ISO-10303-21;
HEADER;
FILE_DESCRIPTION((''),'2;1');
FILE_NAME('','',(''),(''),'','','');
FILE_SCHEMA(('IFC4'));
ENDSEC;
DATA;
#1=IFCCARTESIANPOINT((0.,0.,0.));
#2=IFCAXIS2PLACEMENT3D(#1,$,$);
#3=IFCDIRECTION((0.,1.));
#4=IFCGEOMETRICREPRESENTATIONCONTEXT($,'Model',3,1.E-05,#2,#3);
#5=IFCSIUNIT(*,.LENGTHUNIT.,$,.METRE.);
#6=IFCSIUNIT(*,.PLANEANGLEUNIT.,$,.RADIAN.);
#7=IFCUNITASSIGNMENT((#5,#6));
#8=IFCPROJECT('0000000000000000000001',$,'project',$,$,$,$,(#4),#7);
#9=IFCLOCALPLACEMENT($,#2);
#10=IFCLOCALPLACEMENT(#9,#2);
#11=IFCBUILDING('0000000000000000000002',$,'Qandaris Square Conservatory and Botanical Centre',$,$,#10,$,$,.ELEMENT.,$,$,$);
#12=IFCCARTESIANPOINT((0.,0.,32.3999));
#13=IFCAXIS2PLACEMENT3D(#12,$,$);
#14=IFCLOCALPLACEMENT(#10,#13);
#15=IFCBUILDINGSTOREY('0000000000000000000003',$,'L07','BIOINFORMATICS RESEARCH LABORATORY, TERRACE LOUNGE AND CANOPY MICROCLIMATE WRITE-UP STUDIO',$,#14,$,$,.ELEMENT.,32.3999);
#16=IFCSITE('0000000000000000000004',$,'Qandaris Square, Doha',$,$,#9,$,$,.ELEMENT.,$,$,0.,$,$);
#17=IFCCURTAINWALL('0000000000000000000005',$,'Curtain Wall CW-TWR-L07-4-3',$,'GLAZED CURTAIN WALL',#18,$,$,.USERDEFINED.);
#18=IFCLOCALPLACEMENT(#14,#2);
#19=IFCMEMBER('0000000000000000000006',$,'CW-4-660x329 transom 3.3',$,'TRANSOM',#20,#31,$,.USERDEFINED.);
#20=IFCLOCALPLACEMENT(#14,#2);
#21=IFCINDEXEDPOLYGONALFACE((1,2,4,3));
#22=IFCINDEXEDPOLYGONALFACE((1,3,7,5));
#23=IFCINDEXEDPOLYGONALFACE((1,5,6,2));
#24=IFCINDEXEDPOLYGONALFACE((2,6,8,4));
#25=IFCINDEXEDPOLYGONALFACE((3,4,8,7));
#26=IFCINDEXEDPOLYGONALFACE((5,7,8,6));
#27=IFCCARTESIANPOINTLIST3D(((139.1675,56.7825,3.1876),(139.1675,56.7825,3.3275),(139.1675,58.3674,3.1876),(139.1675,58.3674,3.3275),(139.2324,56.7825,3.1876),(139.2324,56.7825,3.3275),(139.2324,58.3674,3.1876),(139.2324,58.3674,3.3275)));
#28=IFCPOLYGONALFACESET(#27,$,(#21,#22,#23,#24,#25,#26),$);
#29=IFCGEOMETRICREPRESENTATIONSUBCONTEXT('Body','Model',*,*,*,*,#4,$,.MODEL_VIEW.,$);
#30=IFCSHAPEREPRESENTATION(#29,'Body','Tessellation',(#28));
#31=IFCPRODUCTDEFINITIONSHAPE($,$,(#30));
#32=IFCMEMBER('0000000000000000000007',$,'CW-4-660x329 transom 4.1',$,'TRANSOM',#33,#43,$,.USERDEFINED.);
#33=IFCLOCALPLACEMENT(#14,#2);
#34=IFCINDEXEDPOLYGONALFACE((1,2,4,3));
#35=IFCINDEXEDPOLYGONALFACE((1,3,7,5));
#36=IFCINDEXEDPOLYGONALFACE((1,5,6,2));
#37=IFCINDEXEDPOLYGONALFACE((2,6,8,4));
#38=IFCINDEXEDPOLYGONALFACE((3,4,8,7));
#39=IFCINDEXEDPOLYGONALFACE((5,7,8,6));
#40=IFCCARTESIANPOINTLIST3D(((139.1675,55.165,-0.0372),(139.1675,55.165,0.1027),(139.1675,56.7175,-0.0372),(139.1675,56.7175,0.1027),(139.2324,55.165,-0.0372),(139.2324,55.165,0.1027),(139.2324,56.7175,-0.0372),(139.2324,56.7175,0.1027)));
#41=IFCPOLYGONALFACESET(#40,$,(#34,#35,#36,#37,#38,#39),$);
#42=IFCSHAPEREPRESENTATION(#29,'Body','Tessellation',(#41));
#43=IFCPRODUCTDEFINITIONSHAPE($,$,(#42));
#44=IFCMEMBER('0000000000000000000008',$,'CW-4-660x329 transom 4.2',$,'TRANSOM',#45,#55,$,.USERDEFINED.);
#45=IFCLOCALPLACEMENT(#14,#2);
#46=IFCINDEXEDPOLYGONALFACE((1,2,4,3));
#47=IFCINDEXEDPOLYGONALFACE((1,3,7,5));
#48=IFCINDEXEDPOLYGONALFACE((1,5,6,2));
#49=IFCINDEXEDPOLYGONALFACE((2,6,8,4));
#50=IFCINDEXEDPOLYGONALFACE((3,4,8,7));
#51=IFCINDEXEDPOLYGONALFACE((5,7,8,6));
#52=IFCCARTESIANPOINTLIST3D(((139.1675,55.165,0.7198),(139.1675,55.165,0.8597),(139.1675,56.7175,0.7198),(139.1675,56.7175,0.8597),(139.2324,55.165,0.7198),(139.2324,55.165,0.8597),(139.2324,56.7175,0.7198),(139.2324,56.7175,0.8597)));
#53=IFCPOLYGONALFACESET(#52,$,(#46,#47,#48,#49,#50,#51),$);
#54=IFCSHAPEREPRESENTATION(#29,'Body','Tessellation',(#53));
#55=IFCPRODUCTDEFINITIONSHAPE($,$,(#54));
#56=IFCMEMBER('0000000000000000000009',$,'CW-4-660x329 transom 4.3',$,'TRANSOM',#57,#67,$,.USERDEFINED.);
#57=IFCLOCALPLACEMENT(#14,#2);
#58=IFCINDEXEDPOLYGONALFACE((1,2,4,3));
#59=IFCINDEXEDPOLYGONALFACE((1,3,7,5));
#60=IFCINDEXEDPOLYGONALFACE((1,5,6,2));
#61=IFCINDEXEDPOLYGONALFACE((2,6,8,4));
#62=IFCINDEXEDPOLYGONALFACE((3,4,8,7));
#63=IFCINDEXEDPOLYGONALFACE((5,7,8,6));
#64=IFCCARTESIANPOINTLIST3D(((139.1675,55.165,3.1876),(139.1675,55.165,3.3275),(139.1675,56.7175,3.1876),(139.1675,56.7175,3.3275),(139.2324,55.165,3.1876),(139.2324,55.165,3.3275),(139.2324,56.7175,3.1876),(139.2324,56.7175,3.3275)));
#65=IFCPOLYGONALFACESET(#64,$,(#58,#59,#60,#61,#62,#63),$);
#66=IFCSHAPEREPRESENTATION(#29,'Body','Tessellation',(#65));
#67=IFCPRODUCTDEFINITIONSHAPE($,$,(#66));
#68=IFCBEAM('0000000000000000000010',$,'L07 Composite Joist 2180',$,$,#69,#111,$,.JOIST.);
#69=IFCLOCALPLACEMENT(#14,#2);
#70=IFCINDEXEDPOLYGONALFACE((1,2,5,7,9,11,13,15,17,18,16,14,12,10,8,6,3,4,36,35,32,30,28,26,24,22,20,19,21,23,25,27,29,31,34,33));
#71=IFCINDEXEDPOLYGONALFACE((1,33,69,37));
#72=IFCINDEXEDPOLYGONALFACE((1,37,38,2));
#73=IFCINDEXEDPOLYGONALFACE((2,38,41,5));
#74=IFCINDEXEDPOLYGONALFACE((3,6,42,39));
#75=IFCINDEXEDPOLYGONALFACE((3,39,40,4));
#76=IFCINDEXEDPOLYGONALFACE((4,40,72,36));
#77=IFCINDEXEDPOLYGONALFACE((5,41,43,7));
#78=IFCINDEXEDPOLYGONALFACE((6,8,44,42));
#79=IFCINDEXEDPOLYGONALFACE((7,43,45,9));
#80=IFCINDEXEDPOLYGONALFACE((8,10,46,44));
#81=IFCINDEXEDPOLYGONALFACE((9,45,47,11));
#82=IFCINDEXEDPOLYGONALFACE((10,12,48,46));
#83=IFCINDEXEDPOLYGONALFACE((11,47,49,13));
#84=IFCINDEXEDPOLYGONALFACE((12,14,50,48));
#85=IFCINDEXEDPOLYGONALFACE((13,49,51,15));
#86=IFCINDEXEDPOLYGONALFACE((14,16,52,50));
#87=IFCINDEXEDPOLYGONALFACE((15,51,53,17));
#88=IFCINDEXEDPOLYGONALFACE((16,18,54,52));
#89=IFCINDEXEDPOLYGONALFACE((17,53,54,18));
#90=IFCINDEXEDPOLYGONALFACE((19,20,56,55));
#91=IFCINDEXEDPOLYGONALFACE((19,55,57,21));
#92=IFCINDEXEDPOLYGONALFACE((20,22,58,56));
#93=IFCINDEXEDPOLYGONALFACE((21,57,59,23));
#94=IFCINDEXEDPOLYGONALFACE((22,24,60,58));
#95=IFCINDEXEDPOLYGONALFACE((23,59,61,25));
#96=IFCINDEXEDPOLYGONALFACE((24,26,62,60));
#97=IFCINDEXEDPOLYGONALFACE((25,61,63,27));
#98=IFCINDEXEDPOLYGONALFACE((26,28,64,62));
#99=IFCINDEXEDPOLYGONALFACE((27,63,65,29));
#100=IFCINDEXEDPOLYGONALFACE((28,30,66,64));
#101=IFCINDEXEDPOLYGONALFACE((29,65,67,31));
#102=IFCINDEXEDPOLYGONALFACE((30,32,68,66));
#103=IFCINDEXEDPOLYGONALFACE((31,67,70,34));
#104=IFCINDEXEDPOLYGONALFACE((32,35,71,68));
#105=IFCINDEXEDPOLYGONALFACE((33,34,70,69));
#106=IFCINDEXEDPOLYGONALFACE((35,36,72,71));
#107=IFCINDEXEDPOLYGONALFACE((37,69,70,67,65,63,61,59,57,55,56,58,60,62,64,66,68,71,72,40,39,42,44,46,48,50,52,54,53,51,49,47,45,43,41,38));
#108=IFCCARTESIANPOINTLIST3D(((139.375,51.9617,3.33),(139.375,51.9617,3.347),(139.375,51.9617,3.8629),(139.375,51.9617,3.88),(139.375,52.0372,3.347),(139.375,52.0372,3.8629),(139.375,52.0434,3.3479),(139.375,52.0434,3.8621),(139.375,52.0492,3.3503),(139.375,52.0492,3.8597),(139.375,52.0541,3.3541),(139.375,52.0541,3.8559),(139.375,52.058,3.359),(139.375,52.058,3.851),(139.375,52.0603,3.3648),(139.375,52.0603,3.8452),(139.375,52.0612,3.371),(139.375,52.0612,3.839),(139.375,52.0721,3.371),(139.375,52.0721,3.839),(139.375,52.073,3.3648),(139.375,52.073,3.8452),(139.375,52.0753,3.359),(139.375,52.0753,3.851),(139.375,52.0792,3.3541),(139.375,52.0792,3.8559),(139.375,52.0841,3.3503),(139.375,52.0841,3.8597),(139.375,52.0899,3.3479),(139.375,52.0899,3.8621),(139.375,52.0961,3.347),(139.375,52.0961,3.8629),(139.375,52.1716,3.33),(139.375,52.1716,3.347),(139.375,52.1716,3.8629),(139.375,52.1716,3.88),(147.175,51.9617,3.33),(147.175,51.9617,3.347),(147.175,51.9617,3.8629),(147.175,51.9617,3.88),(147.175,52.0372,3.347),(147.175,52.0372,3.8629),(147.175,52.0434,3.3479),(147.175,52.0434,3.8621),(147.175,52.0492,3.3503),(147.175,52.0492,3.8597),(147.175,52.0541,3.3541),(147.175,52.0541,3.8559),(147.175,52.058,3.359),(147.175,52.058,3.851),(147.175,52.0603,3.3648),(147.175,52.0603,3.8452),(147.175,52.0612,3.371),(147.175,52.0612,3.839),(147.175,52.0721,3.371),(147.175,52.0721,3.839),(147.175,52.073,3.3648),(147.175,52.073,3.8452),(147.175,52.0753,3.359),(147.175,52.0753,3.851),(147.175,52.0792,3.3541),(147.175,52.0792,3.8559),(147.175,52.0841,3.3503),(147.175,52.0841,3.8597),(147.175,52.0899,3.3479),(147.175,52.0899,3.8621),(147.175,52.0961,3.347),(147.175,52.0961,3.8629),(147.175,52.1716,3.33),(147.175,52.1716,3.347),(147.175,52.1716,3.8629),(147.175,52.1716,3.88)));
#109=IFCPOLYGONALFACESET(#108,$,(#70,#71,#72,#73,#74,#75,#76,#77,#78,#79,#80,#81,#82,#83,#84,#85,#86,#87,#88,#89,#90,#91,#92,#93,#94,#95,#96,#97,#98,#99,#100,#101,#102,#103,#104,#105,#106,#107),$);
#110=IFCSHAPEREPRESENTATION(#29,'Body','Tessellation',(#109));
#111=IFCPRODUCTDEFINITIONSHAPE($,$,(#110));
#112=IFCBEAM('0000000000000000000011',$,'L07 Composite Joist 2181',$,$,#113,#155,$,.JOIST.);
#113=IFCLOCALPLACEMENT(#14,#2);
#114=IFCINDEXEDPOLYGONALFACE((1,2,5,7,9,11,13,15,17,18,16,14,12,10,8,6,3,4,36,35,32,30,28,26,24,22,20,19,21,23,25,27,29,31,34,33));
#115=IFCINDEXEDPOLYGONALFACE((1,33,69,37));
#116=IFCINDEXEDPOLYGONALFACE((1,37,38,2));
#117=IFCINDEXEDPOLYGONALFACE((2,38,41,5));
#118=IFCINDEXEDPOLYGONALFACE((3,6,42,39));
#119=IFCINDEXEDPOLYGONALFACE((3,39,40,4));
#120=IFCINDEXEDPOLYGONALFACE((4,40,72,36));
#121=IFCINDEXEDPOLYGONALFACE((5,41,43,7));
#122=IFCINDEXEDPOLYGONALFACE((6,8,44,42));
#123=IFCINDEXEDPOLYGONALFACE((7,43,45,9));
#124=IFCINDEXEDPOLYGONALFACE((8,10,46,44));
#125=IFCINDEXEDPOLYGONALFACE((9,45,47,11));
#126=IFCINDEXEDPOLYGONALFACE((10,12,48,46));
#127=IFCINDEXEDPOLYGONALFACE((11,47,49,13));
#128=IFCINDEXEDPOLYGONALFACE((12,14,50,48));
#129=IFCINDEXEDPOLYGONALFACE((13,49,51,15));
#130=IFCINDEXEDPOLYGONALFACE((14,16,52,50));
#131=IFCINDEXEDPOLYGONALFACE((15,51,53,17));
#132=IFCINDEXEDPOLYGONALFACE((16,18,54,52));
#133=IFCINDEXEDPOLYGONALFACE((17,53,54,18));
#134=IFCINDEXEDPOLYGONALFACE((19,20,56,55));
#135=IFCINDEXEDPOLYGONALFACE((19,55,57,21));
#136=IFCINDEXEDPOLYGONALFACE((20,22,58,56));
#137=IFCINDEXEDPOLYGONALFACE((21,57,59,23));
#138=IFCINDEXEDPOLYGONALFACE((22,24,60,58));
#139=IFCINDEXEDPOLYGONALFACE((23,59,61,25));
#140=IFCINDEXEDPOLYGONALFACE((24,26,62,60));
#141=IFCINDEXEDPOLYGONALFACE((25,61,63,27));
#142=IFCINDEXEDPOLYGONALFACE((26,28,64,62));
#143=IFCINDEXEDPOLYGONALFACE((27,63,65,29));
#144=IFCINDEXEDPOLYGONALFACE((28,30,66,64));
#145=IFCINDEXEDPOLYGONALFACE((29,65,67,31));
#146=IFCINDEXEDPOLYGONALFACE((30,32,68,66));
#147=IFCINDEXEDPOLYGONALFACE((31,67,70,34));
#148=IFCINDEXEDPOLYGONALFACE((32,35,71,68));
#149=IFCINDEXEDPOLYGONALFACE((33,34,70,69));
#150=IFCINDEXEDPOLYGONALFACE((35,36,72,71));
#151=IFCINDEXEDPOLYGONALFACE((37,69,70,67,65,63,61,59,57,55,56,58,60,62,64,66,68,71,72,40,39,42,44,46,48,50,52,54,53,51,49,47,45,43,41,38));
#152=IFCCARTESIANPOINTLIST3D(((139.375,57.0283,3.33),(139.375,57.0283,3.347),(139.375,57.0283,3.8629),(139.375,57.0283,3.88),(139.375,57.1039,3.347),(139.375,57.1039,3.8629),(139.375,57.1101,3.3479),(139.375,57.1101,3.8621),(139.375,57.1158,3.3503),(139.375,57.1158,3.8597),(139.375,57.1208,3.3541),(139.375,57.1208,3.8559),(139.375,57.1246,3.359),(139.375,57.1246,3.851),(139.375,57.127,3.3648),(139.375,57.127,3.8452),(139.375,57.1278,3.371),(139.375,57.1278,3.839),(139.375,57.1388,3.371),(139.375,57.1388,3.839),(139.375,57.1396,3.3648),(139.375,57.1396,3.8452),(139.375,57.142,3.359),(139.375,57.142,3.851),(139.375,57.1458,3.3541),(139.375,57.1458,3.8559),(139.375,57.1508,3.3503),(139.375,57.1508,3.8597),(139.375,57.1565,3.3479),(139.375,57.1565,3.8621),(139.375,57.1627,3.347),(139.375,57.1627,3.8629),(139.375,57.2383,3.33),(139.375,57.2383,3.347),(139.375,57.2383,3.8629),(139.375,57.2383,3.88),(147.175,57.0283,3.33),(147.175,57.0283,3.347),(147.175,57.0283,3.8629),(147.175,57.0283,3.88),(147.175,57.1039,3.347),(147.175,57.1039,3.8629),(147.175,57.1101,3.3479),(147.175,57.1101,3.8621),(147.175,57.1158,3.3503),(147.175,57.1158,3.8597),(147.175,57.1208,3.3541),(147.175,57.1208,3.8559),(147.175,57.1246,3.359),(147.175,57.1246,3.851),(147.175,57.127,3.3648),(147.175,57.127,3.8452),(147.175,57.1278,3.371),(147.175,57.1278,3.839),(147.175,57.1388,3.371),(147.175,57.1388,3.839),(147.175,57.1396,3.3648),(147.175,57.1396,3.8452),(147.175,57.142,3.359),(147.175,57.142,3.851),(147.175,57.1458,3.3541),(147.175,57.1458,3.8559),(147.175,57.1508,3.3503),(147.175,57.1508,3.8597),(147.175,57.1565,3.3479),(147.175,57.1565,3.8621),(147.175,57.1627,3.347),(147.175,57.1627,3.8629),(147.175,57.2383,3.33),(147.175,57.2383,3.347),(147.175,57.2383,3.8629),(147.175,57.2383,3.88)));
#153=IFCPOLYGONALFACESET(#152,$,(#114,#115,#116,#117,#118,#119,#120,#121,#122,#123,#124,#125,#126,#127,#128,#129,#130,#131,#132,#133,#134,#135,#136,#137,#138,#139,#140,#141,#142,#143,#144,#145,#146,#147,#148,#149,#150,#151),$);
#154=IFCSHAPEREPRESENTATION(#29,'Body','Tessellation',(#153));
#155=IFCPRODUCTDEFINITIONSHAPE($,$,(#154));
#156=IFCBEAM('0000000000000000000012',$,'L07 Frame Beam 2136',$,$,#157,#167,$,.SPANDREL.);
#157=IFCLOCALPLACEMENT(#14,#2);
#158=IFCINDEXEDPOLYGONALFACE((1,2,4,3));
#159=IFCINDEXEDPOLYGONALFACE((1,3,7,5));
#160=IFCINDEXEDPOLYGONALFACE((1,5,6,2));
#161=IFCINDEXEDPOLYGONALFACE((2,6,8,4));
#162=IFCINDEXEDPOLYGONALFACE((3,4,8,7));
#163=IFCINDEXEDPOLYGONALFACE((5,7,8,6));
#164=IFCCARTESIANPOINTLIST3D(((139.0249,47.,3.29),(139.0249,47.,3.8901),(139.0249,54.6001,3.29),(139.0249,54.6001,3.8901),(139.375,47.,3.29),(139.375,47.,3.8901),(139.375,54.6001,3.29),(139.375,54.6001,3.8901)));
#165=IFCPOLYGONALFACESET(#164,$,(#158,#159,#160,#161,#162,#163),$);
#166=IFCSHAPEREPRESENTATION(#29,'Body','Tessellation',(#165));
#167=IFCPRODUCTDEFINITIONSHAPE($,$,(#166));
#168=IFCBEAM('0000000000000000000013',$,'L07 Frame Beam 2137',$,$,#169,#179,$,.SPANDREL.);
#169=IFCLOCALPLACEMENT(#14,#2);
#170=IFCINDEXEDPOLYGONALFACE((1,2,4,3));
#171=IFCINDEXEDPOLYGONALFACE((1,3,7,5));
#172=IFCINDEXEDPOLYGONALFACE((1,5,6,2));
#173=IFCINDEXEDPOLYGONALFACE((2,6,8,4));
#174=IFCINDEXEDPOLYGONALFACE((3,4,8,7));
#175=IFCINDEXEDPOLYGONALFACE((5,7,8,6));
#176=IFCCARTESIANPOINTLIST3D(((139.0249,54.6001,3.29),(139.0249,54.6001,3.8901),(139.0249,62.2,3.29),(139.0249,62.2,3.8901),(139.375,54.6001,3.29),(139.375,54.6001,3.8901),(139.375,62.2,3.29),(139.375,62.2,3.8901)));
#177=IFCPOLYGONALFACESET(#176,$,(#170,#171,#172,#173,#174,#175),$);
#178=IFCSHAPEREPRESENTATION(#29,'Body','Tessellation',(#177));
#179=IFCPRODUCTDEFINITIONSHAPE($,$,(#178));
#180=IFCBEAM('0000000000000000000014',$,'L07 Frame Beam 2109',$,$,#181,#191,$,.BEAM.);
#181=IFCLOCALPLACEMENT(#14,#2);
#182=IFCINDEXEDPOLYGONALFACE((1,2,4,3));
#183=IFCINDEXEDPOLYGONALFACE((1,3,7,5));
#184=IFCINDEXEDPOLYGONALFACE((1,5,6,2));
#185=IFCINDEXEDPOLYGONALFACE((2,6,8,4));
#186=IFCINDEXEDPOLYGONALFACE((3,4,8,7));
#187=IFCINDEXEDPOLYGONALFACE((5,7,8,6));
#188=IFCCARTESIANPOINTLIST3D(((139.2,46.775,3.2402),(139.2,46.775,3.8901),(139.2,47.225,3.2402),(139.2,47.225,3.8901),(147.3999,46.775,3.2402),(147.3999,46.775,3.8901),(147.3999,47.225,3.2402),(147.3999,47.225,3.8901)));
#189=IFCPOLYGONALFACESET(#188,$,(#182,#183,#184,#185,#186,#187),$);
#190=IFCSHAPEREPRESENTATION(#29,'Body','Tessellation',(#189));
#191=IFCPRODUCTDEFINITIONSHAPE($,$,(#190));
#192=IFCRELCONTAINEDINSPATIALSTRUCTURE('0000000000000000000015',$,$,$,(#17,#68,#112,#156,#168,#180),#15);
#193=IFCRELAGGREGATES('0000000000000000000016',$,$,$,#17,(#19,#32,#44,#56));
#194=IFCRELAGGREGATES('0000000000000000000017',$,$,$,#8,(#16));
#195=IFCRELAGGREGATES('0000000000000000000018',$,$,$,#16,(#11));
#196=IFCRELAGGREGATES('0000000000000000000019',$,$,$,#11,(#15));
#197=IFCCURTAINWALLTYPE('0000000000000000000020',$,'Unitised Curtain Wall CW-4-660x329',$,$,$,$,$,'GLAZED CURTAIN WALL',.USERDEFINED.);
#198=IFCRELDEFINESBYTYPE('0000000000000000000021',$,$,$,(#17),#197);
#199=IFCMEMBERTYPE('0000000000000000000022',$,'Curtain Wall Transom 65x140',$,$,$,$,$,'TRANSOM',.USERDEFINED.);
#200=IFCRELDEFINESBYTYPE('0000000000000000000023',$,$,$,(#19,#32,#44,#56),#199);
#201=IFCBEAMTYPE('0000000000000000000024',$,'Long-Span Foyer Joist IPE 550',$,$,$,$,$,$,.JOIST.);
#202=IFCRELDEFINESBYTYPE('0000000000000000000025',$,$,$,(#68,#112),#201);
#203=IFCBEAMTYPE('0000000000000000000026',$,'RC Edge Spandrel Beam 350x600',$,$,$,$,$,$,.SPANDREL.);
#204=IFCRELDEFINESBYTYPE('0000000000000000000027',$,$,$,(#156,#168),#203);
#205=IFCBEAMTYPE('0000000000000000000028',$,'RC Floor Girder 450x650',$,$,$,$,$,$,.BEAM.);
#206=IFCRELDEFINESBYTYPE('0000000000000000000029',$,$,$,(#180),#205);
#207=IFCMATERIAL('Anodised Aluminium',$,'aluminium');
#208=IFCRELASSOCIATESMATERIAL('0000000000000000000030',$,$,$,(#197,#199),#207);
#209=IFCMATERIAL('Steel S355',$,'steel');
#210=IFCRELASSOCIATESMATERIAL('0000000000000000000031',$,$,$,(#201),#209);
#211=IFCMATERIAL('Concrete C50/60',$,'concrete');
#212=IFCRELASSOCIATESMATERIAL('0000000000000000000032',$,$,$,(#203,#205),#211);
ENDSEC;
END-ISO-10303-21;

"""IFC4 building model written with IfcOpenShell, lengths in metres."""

from ifc_helpers import new_model, si_unit, direction, frame, origin, origin_2d, place, context, subcontext, project, spatial, rectangle, i_section, extrude, material, material_profile, profile_set, type_object, element, aggregate, save


model = new_model("IFC4")

# Units and contexts
model_context = context("Model", 3, precision=1e-05, world=origin(), true_north=direction((0.0, 1.0)))
body_context = subcontext(model_context, "Body", "Model", "MODEL_VIEW")
ifc_project = project(units=[si_unit("LENGTHUNIT", "METRE"), si_unit("PLANEANGLEUNIT", "RADIAN")], contexts=[model_context])

# Site, building, storey
site_placement = place(None, origin())
site = spatial("IfcSite", under=ifc_project, at=site_placement, Name="Qandaris Square, Doha", CompositionType="ELEMENT", RefElevation=0.0)
building_placement = place(site_placement, origin())
building = spatial("IfcBuilding", under=site, at=building_placement, Name="Qandaris Square Conservatory and Botanical Centre", CompositionType="ELEMENT")
storey_placement = place(building_placement, frame((0.0, 0.0, 32.3999)))
storey = spatial("IfcBuildingStorey", under=building, at=storey_placement, Name="L07", Description="BIOINFORMATICS RESEARCH LABORATORY, TERRACE LOUNGE AND CANOPY MICROCLIMATE WRITE-UP STUDIO", CompositionType="ELEMENT", Elevation=32.3999)

# Shared definitions
ifc_material_1 = material(Name="Concrete C50/60", Category="concrete")

# Shared definitions
ifc_material_2 = material(Name="Steel S355", Category="steel")

# Curtain wall, members
ifc_material_3 = material(Name="Anodised Aluminium", Category="aluminium")
curtain_wall_type = type_object("IfcCurtainWallType", Name="Unitised Curtain Wall CW-4-660x329", ElementType="GLAZED CURTAIN WALL", PredefinedType="USERDEFINED", material=ifc_material_3)
curtain_wall_placement = place(storey_placement, origin())
curtain_wall = element("IfcCurtainWall", 1, at=curtain_wall_placement, inside=storey, type_object=curtain_wall_type, Name="Curtain Wall CW-TWR-L07-4-3", ObjectType="GLAZED CURTAIN WALL", PredefinedType="USERDEFINED")
ifc_material_profile_1 = material_profile(ifc_material_3, rectangle(XDim=0.0649, YDim=0.1399, at=origin_2d()), Name="ALU-TRN 65x140")
ifc_profile_set_1 = profile_set([ifc_material_profile_1], Name="Anodised Aluminium")
member_type_1 = type_object("IfcMemberType", Name="Curtain Wall Transom 65x140", ElementType="TRANSOM", PredefinedType="USERDEFINED", material=ifc_profile_set_1)
member_1_placement = place(storey_placement, frame((139.2, 58.3674, 3.2576), z_axis=(0.0, -1.0, 0.0), x_axis=(1.0, 0.0, 0.0)))
member_1 = element("IfcMember", 2, at=member_1_placement, type_object=member_type_1, Name="CW-4-660x329 transom 3.3", ObjectType="TRANSOM", PredefinedType="USERDEFINED", context=body_context, shape_type="SweptSolid", body=[
    extrude(rectangle(XDim=0.0649, YDim=0.1399, at=origin_2d()), origin(), (0.0, 0.0, 1.0), 1.585),
])
member_2_placement = place(storey_placement, frame((139.2, 56.7175, 0.0327), z_axis=(0.0, -1.0, 0.0), x_axis=(1.0, 0.0, 0.0)))
member_2 = element("IfcMember", 3, at=member_2_placement, type_object=member_type_1, Name="CW-4-660x329 transom 4.1", ObjectType="TRANSOM", PredefinedType="USERDEFINED", context=body_context, shape_type="SweptSolid", body=[
    extrude(rectangle(XDim=0.0649, YDim=0.1399, at=origin_2d()), origin(), (0.0, 0.0, 1.0), 1.5525),
])
member_3_placement = place(storey_placement, frame((139.2, 56.7175, 0.7898), z_axis=(0.0, -1.0, 0.0), x_axis=(1.0, 0.0, 0.0)))
member_3 = element("IfcMember", 4, at=member_3_placement, type_object=member_type_1, Name="CW-4-660x329 transom 4.2", ObjectType="TRANSOM", PredefinedType="USERDEFINED", context=body_context, shape_type="SweptSolid", body=[
    extrude(rectangle(XDim=0.0649, YDim=0.1399, at=origin_2d()), origin(), (0.0, 0.0, 1.0), 1.5525),
])
member_4_placement = place(storey_placement, frame((139.2, 56.7175, 3.2576), z_axis=(0.0, -1.0, 0.0), x_axis=(1.0, 0.0, 0.0)))
member_4 = element("IfcMember", 5, at=member_4_placement, type_object=member_type_1, Name="CW-4-660x329 transom 4.3", ObjectType="TRANSOM", PredefinedType="USERDEFINED", context=body_context, shape_type="SweptSolid", body=[
    extrude(rectangle(XDim=0.0649, YDim=0.1399, at=origin_2d()), origin(), (0.0, 0.0, 1.0), 1.5525),
])

# Beams
ifc_material_profile_2 = material_profile(ifc_material_2, i_section(OverallWidth=0.21, OverallDepth=0.55, WebThickness=0.011, FlangeThickness=0.0171, FilletRadius=0.0239, at=origin_2d()), Name="IPE 550")
ifc_profile_set_2 = profile_set([ifc_material_profile_2], Name="Steel S355")
beam_type_1 = type_object("IfcBeamType", Name="Long-Span Foyer Joist IPE 550", PredefinedType="JOIST", material=ifc_profile_set_2)
for number, where, z_axis, x_axis, name in (
    (6, (139.375, 52.0667, 3.605), (1.0, 0.0, 0.0), (0.0, 1.0, 0.0), "L07 Composite Joist 2180"),
    (7, (139.375, 57.1333, 3.605), (1.0, 0.0, 0.0), (0.0, 1.0, 0.0), "L07 Composite Joist 2181"),
):
    element("IfcBeam", number, at=place(storey_placement, frame(where, z_axis=z_axis, x_axis=x_axis)), inside=storey, type_object=beam_type_1, Name=name, PredefinedType="JOIST", context=body_context, shape_type="SweptSolid", body=[
        extrude(i_section(OverallWidth=0.21, OverallDepth=0.55, WebThickness=0.011, FlangeThickness=0.0171, FilletRadius=0.0239, at=origin_2d()), origin(), (0.0, 0.0, 1.0), 7.8),
    ])
ifc_material_profile_3 = material_profile(ifc_material_1, rectangle(XDim=0.3501, YDim=0.6001, at=origin_2d()), Name="RC-SP 350x600")
ifc_profile_set_3 = profile_set([ifc_material_profile_3], Name="Concrete C50/60")
beam_type_2 = type_object("IfcBeamType", Name="RC Edge Spandrel Beam 350x600", PredefinedType="SPANDREL", material=ifc_profile_set_3)
beam_1_placement = place(storey_placement, frame((139.2, 47.0, 3.5901), z_axis=(0.0, 1.0, 0.0), x_axis=(-1.0, 0.0, 0.0)))
element("IfcBeam", 8, at=beam_1_placement, inside=storey, type_object=beam_type_2, Name="L07 Frame Beam 2136", PredefinedType="SPANDREL", context=body_context, shape_type="SweptSolid", body=[
    extrude(rectangle(XDim=0.3501, YDim=0.6001, at=origin_2d()), origin(), (0.0, 0.0, 1.0), 7.6001),
])
beam_2_placement = place(storey_placement, frame((139.2, 54.6001, 3.5901), z_axis=(0.0, 1.0, 0.0), x_axis=(-1.0, 0.0, 0.0)))
element("IfcBeam", 9, at=beam_2_placement, inside=storey, type_object=beam_type_2, Name="L07 Frame Beam 2137", PredefinedType="SPANDREL", context=body_context, shape_type="SweptSolid", body=[
    extrude(rectangle(XDim=0.3501, YDim=0.6001, at=origin_2d()), origin(), (0.0, 0.0, 1.0), 7.5999),
])
ifc_material_profile_4 = material_profile(ifc_material_1, rectangle(XDim=0.45, YDim=0.6499, at=origin_2d()), Name="RC-BM 450x650")
ifc_profile_set_4 = profile_set([ifc_material_profile_4], Name="Concrete C50/60")
beam_type_3 = type_object("IfcBeamType", Name="RC Floor Girder 450x650", PredefinedType="BEAM", material=ifc_profile_set_4)
for number, where, z_axis, x_axis, name in (
    (10, (139.2, 47.0, 3.5652), (1.0, 0.0, 0.0), (0.0, 1.0, 0.0), "L07 Frame Beam 2109"),
):
    element("IfcBeam", number, at=place(storey_placement, frame(where, z_axis=z_axis, x_axis=x_axis)), inside=storey, type_object=beam_type_3, Name=name, PredefinedType="BEAM", context=body_context, shape_type="SweptSolid", body=[
        extrude(rectangle(XDim=0.45, YDim=0.6499, at=origin_2d()), origin(), (0.0, 0.0, 1.0), 8.2),
    ])

aggregate(curtain_wall, [member_1, member_2, member_3, member_4])

save(model, "model.ifc")
